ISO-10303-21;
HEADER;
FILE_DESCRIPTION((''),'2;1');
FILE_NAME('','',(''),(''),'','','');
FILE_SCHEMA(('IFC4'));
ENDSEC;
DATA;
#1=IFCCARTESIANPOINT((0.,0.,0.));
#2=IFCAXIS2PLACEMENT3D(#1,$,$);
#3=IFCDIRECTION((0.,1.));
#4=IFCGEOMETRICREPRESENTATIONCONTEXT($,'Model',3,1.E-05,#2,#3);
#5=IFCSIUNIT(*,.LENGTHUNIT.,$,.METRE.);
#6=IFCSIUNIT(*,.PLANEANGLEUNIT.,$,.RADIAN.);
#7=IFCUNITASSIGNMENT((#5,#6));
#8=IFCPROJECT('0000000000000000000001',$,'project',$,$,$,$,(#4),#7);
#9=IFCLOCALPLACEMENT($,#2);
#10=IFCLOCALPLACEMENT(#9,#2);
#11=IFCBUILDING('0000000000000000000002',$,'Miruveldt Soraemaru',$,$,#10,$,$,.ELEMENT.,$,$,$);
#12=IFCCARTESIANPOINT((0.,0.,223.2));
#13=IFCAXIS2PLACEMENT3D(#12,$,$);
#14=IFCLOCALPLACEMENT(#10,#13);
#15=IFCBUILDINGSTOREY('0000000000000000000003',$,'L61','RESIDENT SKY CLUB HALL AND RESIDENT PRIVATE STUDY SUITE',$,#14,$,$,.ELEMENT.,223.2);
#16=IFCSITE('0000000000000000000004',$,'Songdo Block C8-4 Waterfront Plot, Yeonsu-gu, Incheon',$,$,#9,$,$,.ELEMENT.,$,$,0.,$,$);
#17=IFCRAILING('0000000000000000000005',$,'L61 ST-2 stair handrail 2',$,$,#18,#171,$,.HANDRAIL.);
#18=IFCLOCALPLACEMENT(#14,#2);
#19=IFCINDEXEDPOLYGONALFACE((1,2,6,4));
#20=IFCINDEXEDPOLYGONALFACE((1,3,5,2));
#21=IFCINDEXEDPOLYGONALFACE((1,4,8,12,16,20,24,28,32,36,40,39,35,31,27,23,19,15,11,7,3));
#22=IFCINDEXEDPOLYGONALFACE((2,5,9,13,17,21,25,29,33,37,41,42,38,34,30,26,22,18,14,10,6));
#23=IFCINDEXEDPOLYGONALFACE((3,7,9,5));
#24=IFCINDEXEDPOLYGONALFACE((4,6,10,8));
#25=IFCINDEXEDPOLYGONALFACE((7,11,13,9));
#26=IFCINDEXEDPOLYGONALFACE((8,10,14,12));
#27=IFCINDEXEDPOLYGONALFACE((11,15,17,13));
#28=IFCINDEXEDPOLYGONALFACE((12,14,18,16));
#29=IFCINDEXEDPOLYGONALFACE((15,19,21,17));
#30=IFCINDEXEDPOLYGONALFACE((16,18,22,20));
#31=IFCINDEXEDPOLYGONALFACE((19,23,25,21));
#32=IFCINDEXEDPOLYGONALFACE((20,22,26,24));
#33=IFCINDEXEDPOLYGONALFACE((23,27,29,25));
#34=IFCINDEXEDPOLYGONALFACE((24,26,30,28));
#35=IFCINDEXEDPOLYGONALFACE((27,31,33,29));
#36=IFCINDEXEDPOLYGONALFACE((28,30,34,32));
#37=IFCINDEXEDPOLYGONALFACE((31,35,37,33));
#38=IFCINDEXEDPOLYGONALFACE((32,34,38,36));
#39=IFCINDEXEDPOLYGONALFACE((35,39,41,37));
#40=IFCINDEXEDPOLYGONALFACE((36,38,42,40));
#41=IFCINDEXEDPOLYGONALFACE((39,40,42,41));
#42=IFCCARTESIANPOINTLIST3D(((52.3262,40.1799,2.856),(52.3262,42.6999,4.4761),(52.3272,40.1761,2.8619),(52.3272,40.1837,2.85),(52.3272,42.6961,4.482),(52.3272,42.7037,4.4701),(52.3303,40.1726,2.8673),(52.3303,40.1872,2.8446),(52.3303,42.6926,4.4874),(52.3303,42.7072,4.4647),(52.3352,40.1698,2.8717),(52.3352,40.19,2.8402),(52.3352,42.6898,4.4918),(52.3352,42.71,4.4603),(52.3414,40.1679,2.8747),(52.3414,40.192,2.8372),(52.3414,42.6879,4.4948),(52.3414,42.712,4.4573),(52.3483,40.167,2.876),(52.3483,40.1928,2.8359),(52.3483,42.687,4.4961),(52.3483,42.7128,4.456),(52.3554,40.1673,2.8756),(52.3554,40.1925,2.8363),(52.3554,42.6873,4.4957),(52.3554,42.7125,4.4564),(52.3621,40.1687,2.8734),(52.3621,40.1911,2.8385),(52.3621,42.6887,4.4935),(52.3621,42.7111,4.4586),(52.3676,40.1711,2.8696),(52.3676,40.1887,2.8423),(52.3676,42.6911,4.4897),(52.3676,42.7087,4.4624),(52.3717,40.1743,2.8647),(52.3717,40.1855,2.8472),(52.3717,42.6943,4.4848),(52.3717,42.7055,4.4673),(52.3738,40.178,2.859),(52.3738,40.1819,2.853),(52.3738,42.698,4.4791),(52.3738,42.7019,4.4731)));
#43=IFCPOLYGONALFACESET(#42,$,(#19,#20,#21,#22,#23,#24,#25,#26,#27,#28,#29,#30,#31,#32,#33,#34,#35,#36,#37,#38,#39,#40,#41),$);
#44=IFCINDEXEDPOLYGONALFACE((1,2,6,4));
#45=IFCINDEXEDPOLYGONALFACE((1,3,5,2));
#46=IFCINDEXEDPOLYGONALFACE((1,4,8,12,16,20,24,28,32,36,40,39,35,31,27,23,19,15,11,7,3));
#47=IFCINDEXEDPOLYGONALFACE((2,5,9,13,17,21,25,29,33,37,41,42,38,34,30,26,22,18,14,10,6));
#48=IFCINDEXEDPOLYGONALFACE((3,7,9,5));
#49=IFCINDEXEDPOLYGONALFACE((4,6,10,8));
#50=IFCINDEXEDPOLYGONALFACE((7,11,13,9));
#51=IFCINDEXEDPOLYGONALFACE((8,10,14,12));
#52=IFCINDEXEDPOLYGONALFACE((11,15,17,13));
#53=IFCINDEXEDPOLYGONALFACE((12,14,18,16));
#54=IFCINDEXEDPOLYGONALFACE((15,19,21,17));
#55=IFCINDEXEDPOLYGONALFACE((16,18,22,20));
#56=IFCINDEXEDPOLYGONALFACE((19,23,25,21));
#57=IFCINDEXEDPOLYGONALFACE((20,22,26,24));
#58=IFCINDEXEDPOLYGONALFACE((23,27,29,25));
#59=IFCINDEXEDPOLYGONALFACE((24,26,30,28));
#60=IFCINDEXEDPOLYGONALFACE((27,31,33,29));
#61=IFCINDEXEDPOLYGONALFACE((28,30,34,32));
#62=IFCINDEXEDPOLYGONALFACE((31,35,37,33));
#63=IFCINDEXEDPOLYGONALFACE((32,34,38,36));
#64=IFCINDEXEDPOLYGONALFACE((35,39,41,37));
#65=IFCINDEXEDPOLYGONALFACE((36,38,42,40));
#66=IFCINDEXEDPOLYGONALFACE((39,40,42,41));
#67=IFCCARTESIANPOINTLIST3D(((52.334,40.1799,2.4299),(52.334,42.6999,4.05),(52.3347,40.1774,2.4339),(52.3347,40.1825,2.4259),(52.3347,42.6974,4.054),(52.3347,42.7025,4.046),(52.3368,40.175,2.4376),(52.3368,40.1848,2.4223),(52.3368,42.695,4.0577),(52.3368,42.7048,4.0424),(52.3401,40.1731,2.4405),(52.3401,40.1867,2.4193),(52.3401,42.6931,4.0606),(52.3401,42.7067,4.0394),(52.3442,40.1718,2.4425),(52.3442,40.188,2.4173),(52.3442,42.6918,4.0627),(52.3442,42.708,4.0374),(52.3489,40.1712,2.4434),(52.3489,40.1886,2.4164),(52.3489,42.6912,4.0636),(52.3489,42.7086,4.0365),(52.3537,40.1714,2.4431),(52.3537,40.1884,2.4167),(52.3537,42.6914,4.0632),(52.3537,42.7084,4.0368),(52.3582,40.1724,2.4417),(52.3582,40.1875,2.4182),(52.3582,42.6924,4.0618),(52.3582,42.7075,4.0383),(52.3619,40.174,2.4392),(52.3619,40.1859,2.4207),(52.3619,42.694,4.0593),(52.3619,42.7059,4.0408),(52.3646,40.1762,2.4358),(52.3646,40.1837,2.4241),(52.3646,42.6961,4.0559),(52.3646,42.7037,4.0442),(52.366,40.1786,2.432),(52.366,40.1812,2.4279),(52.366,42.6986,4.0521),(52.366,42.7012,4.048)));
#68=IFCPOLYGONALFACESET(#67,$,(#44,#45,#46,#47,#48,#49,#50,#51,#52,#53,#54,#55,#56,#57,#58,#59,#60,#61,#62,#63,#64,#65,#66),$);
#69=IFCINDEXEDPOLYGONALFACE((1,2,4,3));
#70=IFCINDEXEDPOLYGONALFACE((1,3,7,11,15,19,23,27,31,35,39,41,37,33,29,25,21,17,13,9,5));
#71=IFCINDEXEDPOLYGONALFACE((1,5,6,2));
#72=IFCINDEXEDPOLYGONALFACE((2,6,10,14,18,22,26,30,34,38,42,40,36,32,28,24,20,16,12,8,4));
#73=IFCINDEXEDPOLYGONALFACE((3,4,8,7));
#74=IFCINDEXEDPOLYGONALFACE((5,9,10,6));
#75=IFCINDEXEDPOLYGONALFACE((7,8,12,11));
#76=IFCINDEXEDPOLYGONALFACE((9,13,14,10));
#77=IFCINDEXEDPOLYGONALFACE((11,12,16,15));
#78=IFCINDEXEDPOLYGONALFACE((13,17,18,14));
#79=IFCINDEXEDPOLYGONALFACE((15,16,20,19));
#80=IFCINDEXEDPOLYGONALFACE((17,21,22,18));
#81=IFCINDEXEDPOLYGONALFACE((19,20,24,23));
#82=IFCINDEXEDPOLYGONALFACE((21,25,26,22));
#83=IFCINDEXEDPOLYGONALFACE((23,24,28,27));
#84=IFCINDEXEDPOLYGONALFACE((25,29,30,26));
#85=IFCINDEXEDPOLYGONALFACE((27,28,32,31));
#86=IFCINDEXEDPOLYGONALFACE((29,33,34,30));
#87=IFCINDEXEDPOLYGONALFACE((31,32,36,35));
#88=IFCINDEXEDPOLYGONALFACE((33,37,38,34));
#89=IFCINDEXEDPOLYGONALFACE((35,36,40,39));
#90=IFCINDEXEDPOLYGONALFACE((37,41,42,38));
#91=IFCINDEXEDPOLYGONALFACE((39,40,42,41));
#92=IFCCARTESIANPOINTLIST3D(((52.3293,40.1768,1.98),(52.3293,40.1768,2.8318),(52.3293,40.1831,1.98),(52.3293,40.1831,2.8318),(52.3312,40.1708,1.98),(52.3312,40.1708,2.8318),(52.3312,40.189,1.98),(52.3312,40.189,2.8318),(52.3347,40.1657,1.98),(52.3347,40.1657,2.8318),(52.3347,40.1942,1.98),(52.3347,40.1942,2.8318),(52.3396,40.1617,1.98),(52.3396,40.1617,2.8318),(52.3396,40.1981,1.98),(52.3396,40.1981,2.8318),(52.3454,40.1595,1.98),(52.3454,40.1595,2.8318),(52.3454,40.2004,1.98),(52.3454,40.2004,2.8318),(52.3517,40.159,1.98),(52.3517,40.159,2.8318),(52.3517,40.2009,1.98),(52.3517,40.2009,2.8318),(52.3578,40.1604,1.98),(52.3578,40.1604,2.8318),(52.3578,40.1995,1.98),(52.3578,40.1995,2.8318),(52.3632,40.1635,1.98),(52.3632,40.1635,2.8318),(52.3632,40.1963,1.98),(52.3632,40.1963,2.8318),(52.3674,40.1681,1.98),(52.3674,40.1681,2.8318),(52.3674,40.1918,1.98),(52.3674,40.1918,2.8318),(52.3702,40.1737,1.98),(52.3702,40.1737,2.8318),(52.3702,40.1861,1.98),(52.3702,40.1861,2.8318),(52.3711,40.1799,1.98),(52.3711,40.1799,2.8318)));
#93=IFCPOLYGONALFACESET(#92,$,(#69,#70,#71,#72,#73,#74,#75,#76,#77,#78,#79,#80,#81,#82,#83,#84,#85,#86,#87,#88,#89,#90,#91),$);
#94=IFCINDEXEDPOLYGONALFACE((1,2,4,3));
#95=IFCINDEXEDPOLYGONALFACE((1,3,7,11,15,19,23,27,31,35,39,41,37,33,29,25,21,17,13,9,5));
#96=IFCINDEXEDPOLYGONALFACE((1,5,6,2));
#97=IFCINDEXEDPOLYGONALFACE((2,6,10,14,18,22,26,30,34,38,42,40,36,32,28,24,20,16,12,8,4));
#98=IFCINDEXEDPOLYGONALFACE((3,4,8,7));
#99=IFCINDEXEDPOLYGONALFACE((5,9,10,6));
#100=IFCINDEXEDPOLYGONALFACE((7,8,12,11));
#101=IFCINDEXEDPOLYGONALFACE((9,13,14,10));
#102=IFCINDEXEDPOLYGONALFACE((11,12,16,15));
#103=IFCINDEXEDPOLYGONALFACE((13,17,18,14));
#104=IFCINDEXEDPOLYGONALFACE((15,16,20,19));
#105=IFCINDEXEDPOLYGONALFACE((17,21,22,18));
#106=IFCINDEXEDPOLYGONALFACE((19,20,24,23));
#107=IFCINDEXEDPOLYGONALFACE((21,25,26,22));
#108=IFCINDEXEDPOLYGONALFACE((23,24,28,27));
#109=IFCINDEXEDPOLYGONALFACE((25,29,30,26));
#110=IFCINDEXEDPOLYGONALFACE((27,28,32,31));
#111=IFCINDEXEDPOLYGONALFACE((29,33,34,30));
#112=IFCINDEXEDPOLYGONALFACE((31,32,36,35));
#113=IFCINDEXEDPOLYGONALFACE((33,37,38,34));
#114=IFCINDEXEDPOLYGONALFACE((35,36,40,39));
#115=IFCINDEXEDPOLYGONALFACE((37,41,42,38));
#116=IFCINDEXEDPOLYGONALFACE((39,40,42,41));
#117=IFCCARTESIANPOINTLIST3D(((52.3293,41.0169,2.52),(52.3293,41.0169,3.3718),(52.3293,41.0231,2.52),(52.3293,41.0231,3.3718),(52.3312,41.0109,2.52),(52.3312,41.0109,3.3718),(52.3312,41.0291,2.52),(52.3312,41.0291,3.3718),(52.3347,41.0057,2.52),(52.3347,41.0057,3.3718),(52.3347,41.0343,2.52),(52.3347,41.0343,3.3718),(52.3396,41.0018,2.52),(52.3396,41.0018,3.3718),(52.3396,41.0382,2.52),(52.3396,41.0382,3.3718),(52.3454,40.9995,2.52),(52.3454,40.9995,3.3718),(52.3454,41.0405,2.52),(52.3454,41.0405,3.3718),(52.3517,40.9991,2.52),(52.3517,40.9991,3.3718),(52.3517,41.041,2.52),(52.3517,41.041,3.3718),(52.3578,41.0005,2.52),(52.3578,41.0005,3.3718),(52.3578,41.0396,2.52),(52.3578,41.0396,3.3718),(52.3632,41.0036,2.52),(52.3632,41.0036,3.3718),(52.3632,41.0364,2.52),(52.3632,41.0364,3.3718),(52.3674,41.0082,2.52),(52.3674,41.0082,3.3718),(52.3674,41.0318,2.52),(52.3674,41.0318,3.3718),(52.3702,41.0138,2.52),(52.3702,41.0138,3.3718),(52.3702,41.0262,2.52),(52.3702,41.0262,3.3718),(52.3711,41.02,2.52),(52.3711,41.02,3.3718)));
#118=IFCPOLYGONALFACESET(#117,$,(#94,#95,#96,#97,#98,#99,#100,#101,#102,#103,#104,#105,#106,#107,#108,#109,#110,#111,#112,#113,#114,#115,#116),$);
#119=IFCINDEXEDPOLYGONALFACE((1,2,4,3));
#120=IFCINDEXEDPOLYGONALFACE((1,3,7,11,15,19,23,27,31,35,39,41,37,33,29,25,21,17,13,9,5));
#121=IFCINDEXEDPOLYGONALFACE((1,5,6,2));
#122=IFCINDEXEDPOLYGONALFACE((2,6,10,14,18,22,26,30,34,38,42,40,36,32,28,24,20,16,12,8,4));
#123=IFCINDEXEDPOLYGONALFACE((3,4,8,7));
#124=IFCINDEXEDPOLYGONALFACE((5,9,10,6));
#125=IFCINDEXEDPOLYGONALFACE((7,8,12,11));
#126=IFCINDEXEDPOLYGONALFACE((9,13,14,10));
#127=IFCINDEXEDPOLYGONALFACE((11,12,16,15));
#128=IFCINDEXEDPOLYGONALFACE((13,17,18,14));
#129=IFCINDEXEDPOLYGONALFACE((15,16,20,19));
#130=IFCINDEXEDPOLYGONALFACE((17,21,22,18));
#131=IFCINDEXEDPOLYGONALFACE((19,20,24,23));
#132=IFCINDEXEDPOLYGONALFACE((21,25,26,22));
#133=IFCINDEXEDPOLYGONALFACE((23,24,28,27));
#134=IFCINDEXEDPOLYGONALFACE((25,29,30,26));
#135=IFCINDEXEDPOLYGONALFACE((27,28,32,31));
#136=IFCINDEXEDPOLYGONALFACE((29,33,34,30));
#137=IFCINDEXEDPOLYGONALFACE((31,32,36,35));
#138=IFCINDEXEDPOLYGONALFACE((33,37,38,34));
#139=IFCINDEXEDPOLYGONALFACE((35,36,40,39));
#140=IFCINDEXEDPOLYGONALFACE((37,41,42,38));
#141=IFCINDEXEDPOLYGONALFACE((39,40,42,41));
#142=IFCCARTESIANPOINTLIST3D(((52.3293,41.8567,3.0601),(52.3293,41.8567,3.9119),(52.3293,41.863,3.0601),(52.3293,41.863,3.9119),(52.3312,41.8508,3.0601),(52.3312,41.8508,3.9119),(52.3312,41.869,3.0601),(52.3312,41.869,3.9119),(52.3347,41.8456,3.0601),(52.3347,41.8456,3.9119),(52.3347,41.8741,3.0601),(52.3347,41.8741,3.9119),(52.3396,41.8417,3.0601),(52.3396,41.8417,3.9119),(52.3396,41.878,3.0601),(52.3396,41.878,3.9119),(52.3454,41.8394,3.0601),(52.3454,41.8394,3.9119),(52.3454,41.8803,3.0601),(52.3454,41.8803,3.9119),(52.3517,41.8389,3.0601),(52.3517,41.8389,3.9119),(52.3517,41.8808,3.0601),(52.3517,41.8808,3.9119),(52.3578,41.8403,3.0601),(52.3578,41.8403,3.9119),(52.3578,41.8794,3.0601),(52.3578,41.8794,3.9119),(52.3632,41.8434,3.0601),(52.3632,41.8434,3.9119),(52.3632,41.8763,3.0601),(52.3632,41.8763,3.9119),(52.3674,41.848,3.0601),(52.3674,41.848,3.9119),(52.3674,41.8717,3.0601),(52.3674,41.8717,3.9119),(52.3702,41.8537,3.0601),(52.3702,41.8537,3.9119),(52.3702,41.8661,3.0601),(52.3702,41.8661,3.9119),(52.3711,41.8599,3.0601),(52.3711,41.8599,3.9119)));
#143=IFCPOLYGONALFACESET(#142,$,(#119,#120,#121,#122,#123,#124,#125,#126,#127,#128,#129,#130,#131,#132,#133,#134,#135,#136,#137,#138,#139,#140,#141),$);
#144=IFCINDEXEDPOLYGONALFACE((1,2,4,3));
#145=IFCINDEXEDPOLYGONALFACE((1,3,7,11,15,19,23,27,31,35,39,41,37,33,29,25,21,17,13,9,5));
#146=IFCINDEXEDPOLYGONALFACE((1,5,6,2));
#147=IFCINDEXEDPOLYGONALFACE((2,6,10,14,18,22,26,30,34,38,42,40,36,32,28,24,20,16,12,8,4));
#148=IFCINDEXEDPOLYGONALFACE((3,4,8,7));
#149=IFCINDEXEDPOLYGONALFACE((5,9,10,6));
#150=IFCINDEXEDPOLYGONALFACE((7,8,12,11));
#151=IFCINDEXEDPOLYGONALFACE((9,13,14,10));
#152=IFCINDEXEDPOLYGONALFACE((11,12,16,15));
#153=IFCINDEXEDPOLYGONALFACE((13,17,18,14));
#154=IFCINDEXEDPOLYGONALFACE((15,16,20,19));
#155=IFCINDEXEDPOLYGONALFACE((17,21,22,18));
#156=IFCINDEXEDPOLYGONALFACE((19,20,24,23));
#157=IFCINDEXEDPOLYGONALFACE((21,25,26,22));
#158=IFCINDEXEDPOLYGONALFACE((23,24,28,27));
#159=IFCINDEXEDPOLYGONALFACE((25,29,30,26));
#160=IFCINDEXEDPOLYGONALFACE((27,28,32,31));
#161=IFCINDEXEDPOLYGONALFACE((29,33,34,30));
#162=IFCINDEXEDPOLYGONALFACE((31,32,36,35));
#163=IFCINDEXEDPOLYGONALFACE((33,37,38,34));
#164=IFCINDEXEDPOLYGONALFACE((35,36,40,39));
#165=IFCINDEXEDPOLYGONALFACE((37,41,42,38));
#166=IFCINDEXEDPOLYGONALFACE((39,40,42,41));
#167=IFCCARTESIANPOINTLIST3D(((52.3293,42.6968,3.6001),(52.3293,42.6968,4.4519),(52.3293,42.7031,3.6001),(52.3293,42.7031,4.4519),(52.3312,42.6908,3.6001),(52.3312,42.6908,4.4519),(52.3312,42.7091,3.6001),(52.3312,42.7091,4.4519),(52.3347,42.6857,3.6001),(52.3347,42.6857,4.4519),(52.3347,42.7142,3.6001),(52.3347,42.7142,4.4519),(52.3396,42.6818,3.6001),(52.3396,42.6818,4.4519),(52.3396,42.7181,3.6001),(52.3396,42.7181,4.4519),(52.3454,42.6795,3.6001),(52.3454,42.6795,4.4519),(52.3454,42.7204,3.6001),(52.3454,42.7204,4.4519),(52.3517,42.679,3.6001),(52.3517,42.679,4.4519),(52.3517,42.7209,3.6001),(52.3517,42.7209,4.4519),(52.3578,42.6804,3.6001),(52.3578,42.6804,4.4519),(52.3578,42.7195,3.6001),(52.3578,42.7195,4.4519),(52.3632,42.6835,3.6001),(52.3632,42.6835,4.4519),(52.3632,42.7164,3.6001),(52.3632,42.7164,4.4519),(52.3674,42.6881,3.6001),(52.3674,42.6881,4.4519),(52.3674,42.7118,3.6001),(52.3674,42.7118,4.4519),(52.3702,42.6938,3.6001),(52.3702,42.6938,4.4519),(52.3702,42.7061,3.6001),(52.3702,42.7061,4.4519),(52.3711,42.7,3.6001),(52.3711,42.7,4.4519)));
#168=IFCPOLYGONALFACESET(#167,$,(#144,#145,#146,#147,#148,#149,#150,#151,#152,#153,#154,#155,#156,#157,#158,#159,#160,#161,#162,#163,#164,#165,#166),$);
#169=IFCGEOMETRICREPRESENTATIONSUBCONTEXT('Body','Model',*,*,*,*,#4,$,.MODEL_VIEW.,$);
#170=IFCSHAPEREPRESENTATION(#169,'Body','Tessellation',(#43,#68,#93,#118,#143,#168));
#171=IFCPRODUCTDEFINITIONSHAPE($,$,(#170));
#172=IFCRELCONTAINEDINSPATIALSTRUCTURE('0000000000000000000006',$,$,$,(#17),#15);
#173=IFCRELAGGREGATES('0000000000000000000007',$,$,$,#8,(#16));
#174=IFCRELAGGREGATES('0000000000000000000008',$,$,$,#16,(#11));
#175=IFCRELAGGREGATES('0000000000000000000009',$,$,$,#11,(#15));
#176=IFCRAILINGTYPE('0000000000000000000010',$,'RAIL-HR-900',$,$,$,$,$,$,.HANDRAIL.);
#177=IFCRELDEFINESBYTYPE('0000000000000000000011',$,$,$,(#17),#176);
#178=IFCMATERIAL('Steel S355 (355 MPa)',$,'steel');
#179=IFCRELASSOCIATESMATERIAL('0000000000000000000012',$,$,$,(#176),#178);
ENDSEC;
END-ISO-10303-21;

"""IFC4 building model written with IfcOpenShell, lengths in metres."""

from ifc_helpers import new_model, si_unit, direction, frame, origin, origin_2d, place, context, subcontext, project, spatial, circle, extrude, material, type_object, element, save


model = new_model("IFC4")

# Units and contexts
model_context = context("Model", 3, precision=1e-05, world=origin(), true_north=direction((0.0, 1.0)))
body_context = subcontext(model_context, "Body", "Model", "MODEL_VIEW")
ifc_project = project(units=[si_unit("LENGTHUNIT", "METRE"), si_unit("PLANEANGLEUNIT", "RADIAN")], contexts=[model_context])

# Site, building, storey
site_placement = place(None, origin())
site = spatial("IfcSite", under=ifc_project, at=site_placement, Name="Songdo Block C8-4 Waterfront Plot, Yeonsu-gu, Incheon", CompositionType="ELEMENT", RefElevation=0.0)
building_placement = place(site_placement, origin())
building = spatial("IfcBuilding", under=site, at=building_placement, Name="Miruveldt Soraemaru", CompositionType="ELEMENT")
storey_placement = place(building_placement, frame((0.0, 0.0, 223.2)))
storey = spatial("IfcBuildingStorey", under=building, at=storey_placement, Name="L61", Description="RESIDENT SKY CLUB HALL AND RESIDENT PRIVATE STUDY SUITE", CompositionType="ELEMENT", Elevation=223.2)

# Railing
ifc_material_1 = material(Name="Steel S355 (355 MPa)", Category="steel")
railing_type_1 = type_object("IfcRailingType", Name="RAIL-HR-900", PredefinedType="HANDRAIL", material=ifc_material_1)
railing_1_placement = place(storey_placement, frame((52.3501, 40.1799, 1.98)))
element("IfcRailing", 1, at=railing_1_placement, inside=storey, type_object=railing_type_1, Name="L61 ST-2 stair handrail 2", PredefinedType="HANDRAIL", context=body_context, shape_type="SweptSolid", body=[
    extrude(circle(Radius=0.0239, at=origin_2d()), frame((0.0, 0.0, 0.876), z_axis=(0.0, 0.841163, 0.540782), x_axis=(-1.0, 0.0, 0.0)), (0.0, 0.0, 1.0), 2.9958),
    extrude(circle(Radius=0.0161, at=origin_2d()), frame((0.0, 0.0, 0.45), z_axis=(0.0, 0.841163, 0.540782), x_axis=(-1.0, 0.0, 0.0)), (0.0, 0.0, 1.0), 2.9958),
    extrude(circle(Radius=0.021, at=origin_2d()), origin(), (0.0, 0.0, 1.0), 0.8518),
    extrude(circle(Radius=0.021, at=origin_2d()), frame((0.0, 0.8401, 0.54)), (0.0, 0.0, 1.0), 0.8518),
    extrude(circle(Radius=0.021, at=origin_2d()), frame((0.0, 1.6799, 1.0801)), (0.0, 0.0, 1.0), 0.8518),
    extrude(circle(Radius=0.021, at=origin_2d()), frame((0.0, 2.52, 1.6201)), (0.0, 0.0, 1.0), 0.8518),
])

save(model, "model.ifc")
